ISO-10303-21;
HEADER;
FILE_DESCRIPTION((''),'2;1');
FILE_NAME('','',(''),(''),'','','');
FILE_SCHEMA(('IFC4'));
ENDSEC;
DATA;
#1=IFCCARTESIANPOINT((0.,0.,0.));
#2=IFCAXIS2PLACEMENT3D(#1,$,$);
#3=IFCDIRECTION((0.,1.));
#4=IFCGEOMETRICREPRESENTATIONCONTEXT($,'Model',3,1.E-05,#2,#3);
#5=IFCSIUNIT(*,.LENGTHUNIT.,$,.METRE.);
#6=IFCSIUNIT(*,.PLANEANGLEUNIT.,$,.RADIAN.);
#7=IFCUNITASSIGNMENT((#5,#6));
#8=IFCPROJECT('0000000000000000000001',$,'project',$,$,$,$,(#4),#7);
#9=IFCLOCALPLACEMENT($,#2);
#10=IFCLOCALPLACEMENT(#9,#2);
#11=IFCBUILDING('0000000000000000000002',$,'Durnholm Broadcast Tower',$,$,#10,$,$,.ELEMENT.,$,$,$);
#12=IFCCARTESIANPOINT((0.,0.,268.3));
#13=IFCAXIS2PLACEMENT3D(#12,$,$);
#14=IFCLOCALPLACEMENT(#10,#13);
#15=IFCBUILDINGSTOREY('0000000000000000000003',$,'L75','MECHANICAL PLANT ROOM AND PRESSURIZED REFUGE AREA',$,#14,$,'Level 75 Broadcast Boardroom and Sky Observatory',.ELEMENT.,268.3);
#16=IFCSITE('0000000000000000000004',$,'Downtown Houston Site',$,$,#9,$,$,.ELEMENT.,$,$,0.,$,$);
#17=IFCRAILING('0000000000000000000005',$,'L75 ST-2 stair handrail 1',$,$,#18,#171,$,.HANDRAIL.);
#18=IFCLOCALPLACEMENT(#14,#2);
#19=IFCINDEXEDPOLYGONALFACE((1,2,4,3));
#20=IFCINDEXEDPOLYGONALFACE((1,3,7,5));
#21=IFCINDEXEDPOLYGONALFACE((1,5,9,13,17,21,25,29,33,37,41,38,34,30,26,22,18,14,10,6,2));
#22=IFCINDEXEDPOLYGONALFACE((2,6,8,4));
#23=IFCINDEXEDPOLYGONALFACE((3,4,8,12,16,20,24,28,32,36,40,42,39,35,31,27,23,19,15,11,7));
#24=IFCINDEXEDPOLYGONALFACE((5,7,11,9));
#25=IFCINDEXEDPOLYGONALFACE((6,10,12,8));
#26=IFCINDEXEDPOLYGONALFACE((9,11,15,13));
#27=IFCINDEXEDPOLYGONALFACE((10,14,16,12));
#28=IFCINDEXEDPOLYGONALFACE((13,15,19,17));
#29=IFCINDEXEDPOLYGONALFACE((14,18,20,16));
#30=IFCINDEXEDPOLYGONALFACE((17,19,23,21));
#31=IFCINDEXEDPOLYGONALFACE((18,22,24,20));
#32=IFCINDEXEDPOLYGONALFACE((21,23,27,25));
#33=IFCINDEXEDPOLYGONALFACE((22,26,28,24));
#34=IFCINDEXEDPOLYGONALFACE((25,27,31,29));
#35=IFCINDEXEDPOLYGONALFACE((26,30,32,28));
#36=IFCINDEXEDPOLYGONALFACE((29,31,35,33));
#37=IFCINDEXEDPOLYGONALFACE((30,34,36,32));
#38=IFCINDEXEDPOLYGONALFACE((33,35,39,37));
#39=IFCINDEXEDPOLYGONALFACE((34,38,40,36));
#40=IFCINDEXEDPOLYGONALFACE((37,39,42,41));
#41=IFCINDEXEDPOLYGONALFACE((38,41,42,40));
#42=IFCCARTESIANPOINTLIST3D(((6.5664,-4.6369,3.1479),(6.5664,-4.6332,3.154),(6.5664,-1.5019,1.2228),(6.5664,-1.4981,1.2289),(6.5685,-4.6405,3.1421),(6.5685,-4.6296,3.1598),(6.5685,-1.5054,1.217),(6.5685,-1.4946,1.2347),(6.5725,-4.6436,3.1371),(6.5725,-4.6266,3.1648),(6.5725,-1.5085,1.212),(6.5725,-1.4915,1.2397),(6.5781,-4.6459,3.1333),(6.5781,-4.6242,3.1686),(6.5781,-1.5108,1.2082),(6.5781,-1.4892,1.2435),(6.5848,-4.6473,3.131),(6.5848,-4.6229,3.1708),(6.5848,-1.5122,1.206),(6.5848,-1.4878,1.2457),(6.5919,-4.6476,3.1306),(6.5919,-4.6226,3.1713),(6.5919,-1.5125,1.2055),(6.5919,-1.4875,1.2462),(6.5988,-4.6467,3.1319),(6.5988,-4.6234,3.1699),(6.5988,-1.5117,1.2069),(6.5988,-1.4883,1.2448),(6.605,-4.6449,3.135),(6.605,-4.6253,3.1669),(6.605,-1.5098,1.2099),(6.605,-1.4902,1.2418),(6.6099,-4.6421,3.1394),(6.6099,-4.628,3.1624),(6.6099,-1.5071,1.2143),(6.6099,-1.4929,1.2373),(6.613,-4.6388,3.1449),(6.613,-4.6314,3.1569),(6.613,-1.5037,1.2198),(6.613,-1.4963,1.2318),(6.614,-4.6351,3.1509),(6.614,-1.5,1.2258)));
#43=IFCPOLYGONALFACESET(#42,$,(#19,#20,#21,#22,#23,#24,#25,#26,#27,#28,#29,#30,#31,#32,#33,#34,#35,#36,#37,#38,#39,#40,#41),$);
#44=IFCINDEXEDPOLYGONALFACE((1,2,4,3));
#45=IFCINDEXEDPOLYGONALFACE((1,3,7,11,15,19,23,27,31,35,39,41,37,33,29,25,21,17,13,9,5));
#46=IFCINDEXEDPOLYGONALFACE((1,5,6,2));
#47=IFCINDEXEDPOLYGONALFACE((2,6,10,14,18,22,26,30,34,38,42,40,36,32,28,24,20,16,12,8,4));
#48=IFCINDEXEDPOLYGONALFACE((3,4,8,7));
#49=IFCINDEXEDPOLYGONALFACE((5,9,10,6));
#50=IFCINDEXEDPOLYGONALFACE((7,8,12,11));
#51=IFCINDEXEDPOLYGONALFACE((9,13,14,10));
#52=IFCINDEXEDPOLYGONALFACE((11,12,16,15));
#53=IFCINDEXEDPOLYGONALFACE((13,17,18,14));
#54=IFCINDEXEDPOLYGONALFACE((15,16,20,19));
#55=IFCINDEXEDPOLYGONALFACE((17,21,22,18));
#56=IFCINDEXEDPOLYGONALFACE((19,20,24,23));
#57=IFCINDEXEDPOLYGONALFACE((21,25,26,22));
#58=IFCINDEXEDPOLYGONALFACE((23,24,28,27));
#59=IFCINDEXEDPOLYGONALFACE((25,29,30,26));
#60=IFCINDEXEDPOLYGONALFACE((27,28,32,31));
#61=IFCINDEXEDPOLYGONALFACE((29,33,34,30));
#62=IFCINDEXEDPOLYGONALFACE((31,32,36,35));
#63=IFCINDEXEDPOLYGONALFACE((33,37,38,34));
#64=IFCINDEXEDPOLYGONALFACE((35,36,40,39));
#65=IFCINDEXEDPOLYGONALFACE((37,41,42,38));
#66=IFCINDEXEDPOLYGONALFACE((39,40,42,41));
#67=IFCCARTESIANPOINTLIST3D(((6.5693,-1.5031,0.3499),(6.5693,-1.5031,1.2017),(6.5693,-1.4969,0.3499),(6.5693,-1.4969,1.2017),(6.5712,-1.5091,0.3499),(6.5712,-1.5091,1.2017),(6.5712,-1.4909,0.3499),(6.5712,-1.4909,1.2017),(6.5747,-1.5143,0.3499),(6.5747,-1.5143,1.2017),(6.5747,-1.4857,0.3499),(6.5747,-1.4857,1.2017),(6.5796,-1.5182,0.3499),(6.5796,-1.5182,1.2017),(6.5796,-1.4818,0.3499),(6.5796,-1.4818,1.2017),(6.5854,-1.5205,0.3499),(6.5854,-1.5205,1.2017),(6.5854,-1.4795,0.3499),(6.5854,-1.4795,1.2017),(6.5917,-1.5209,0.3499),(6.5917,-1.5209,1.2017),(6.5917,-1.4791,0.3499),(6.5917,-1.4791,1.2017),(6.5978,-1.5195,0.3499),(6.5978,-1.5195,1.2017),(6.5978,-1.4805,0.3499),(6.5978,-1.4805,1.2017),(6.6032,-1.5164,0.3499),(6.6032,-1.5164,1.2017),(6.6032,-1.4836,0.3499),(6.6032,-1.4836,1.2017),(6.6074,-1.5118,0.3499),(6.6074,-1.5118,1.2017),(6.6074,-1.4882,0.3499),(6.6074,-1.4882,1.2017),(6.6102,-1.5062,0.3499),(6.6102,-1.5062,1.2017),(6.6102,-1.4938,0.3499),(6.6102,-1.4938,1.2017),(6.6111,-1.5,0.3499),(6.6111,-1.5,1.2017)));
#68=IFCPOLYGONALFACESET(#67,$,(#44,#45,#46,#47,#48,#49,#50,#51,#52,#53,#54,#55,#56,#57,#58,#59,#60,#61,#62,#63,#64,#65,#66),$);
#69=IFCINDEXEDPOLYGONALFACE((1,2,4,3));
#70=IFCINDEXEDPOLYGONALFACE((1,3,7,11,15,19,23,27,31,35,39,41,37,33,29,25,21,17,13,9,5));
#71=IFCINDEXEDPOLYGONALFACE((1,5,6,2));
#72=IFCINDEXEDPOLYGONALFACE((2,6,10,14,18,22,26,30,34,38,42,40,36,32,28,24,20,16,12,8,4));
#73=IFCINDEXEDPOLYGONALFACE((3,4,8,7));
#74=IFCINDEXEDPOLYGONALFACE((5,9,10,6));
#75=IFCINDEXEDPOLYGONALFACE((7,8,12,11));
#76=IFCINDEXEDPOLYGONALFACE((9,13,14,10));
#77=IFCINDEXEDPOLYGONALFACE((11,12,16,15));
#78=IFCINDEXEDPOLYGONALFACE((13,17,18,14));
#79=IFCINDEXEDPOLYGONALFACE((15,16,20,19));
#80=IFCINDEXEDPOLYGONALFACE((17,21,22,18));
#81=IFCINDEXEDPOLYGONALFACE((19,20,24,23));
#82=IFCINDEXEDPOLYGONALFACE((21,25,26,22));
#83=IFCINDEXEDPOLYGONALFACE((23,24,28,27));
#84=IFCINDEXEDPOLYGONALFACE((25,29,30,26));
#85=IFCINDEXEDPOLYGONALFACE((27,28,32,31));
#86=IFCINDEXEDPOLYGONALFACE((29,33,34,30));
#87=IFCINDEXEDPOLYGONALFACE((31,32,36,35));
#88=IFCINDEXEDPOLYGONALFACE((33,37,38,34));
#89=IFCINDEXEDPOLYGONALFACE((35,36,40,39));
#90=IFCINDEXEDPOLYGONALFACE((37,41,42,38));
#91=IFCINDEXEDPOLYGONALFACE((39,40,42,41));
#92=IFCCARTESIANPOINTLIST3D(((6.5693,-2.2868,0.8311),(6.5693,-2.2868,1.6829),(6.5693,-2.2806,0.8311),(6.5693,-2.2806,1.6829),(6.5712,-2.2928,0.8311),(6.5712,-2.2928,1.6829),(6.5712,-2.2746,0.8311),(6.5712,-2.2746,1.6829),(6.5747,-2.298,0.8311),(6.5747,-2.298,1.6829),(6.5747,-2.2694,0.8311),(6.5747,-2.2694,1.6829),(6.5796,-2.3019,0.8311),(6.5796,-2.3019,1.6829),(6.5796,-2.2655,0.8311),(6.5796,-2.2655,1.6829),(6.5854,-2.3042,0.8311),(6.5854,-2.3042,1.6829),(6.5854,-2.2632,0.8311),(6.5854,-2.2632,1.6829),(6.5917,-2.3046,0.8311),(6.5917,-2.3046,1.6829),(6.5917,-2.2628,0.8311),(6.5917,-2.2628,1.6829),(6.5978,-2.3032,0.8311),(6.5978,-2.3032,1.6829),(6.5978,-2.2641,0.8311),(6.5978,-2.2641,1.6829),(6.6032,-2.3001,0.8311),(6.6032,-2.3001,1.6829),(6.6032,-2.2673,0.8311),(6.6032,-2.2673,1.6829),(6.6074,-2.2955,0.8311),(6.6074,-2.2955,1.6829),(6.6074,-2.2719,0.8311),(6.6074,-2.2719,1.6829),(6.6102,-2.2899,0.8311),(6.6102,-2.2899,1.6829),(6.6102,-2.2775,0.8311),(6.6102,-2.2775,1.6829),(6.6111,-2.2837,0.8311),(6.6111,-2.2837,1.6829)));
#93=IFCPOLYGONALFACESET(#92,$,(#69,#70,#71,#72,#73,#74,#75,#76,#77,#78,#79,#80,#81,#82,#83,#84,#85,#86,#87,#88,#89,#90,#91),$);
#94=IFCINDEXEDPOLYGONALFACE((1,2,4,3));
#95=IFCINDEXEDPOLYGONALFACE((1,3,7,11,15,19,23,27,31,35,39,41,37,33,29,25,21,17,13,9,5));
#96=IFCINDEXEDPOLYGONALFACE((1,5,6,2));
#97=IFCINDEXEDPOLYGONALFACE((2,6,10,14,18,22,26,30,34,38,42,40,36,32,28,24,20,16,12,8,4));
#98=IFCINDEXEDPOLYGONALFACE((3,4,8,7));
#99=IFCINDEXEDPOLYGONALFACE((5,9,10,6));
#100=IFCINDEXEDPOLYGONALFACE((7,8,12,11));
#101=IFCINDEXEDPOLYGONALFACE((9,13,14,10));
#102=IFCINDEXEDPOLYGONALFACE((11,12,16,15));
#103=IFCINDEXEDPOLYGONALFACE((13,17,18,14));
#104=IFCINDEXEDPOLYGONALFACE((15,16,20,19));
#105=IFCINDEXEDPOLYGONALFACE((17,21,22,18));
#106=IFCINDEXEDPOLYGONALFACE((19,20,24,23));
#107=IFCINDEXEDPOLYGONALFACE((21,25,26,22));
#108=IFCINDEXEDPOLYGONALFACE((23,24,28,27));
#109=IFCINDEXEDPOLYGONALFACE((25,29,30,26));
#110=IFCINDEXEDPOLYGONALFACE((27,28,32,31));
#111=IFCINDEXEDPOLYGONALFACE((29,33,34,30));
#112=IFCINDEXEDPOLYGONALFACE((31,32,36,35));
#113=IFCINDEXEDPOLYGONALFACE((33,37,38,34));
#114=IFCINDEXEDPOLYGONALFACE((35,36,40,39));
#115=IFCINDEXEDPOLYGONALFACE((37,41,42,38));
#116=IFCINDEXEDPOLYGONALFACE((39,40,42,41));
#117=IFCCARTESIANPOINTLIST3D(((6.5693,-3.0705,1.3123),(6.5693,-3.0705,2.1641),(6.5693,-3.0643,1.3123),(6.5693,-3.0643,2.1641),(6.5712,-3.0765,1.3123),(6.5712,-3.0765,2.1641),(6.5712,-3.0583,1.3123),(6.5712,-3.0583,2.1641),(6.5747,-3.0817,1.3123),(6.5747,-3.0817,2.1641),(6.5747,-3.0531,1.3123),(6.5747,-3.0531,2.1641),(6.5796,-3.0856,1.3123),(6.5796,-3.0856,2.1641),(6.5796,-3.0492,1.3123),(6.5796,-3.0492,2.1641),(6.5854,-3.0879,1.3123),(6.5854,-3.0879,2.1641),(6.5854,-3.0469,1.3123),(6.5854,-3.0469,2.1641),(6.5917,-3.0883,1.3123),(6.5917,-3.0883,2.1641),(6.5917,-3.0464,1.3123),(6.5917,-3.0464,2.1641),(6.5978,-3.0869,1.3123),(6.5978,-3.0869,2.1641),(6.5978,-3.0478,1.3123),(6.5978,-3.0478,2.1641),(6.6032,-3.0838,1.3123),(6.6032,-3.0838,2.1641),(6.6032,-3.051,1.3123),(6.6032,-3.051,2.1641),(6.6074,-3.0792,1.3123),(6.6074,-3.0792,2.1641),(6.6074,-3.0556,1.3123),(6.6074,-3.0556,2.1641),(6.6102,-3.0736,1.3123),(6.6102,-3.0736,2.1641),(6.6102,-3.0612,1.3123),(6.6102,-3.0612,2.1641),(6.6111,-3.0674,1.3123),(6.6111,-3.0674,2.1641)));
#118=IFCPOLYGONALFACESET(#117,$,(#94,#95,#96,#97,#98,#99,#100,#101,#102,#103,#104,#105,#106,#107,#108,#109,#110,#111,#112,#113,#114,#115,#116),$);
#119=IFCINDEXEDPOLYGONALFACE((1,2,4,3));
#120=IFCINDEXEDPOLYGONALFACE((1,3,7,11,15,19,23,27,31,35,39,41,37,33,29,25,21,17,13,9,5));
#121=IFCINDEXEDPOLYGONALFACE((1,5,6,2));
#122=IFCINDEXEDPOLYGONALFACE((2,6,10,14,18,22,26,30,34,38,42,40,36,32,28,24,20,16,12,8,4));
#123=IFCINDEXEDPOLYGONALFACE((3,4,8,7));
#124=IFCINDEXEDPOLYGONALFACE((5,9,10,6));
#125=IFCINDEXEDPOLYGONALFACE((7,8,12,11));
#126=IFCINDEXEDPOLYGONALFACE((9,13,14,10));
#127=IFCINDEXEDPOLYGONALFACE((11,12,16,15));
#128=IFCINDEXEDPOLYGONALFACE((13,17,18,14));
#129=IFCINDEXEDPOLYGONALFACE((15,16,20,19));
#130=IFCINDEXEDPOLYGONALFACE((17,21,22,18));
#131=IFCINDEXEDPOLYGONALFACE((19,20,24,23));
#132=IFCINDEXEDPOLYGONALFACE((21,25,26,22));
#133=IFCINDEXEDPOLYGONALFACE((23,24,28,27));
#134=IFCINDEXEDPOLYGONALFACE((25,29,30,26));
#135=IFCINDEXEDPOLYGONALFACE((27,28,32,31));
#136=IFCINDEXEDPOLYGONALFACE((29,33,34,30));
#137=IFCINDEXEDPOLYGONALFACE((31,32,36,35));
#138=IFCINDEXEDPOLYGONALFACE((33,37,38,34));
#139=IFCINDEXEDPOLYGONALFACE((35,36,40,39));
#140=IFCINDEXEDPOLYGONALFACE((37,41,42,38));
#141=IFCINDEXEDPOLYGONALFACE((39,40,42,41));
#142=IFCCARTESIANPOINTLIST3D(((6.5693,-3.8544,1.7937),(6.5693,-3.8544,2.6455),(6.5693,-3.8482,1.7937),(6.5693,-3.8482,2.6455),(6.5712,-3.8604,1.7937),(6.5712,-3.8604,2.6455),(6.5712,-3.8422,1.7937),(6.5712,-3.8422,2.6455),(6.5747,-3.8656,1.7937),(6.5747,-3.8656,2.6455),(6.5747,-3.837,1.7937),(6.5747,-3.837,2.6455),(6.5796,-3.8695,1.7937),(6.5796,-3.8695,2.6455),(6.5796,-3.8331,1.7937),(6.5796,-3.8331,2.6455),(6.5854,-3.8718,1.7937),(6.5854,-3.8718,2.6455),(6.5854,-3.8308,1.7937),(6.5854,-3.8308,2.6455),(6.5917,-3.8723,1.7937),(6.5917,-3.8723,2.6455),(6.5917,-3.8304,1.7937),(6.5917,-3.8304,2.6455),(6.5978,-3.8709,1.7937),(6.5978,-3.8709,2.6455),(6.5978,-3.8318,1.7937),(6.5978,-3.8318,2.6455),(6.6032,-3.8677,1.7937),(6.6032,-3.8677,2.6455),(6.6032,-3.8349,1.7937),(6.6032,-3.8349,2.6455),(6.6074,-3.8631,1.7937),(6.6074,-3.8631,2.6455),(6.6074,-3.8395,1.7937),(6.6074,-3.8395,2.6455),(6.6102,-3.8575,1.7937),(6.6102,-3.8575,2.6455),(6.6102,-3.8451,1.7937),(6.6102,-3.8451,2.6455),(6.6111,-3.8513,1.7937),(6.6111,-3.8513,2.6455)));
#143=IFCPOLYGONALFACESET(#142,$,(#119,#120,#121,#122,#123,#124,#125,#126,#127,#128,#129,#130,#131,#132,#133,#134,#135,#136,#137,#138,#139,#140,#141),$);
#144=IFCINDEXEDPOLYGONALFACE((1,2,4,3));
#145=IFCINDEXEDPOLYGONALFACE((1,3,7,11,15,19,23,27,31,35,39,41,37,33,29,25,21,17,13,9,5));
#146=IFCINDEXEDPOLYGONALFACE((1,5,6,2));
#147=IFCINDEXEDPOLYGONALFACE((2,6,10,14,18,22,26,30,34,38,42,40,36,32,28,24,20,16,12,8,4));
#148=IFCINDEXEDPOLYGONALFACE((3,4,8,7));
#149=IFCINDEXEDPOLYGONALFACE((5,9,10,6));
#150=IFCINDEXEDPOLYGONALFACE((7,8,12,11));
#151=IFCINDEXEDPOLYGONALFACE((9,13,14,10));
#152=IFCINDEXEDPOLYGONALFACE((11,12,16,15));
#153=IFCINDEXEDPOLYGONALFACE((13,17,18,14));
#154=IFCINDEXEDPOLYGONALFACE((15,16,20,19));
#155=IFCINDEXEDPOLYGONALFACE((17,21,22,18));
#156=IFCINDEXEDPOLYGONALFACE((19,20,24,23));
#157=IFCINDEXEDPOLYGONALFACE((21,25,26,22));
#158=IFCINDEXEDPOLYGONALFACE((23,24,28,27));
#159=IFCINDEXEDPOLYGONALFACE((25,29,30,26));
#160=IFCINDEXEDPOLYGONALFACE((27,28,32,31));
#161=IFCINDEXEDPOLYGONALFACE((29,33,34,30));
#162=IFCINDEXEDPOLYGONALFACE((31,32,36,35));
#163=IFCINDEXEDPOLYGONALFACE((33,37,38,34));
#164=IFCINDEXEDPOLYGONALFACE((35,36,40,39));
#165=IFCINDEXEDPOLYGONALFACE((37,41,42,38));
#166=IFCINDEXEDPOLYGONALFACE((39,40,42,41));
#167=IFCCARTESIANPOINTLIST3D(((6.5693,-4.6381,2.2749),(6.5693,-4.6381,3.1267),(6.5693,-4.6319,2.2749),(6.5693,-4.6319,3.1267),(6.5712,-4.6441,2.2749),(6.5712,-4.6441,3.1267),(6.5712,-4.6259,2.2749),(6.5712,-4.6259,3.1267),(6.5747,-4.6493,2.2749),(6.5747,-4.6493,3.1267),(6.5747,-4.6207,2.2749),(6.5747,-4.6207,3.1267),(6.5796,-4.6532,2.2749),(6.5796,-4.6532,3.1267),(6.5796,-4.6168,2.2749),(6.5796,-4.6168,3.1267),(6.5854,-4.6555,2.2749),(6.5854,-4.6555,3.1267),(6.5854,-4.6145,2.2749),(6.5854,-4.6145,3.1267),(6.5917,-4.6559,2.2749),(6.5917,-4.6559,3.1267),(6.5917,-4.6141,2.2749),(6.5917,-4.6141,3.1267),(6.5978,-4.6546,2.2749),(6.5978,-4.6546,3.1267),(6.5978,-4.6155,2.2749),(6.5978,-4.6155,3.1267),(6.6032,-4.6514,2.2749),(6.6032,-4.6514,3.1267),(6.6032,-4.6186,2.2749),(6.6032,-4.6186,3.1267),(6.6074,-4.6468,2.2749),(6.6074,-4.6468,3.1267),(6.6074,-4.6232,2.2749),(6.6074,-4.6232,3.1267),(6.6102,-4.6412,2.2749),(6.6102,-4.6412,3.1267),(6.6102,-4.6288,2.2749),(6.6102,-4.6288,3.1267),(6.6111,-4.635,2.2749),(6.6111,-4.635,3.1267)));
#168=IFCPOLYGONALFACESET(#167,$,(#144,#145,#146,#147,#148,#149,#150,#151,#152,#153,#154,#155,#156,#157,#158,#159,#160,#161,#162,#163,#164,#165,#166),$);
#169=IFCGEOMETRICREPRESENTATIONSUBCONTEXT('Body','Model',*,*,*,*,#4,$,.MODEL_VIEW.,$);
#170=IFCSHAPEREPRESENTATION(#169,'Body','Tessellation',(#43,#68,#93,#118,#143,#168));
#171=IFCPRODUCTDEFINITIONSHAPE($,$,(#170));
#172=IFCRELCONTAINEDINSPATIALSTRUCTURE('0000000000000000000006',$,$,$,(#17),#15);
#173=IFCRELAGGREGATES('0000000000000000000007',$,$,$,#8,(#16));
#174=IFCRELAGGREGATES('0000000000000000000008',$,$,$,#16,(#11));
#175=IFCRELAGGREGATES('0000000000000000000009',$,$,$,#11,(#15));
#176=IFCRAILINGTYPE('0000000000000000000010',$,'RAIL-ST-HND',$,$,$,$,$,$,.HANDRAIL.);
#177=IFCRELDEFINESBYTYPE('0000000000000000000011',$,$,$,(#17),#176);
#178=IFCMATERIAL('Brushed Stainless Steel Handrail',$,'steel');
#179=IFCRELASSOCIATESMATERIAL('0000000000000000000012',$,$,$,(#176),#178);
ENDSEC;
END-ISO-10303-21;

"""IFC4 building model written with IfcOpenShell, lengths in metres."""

from ifc_helpers import new_model, si_unit, direction, frame, origin, origin_2d, place, context, subcontext, project, spatial, circle, extrude, material, type_object, element, save


model = new_model("IFC4")

# Units and contexts
model_context = context("Model", 3, precision=1e-05, world=origin(), true_north=direction((0.0, 1.0)))
body_context = subcontext(model_context, "Body", "Model", "MODEL_VIEW")
ifc_project = project(units=[si_unit("LENGTHUNIT", "METRE"), si_unit("PLANEANGLEUNIT", "RADIAN")], contexts=[model_context])

# Site, building, storey
site_placement = place(None, origin())
site = spatial("IfcSite", under=ifc_project, at=site_placement, Name="Downtown Houston Site", CompositionType="ELEMENT", RefElevation=0.0)
building_placement = place(site_placement, origin())
building = spatial("IfcBuilding", under=site, at=building_placement, Name="Durnholm Broadcast Tower", CompositionType="ELEMENT")
storey_placement = place(building_placement, frame((0.0, 0.0, 268.3)))
storey = spatial("IfcBuildingStorey", under=building, at=storey_placement, Name="L75", Description="MECHANICAL PLANT ROOM AND PRESSURIZED REFUGE AREA", LongName="Level 75 Broadcast Boardroom and Sky Observatory", CompositionType="ELEMENT", Elevation=268.3)

# Railing
ifc_material_1 = material(Name="Brushed Stainless Steel Handrail", Category="steel")
railing_type_1 = type_object("IfcRailingType", Name="RAIL-ST-HND", PredefinedType="HANDRAIL", material=ifc_material_1)
railing_1_placement = place(storey_placement, frame((6.5901, -1.5, 0.3499)))
element("IfcRailing", 1, at=railing_1_placement, inside=storey, type_object=railing_type_1, Name="L75 ST-2 stair handrail 1", PredefinedType="HANDRAIL", context=body_context, shape_type="SweptSolid", body=[
    extrude(circle(Radius=0.0239, at=origin_2d()), frame((0.0, 0.0, 0.876), z_axis=(0.0, -0.852166, 0.523271), x_axis=(1.0, 0.0, 0.0)), (0.0, 0.0, 1.0), 3.679),
    extrude(circle(Radius=0.021, at=origin_2d()), origin(), (0.0, 0.0, 1.0), 0.8518),
    extrude(circle(Radius=0.021, at=origin_2d()), frame((0.0, -0.7837, 0.4812)), (0.0, 0.0, 1.0), 0.8518),
    extrude(circle(Radius=0.021, at=origin_2d()), frame((0.0, -1.5674, 0.9624)), (0.0, 0.0, 1.0), 0.8518),
    extrude(circle(Radius=0.021, at=origin_2d()), frame((0.0, -2.3513, 1.4438)), (0.0, 0.0, 1.0), 0.8518),
    extrude(circle(Radius=0.021, at=origin_2d()), frame((0.0, -3.135, 1.925)), (0.0, 0.0, 1.0), 0.8518),
])

save(model, "model.ifc")
